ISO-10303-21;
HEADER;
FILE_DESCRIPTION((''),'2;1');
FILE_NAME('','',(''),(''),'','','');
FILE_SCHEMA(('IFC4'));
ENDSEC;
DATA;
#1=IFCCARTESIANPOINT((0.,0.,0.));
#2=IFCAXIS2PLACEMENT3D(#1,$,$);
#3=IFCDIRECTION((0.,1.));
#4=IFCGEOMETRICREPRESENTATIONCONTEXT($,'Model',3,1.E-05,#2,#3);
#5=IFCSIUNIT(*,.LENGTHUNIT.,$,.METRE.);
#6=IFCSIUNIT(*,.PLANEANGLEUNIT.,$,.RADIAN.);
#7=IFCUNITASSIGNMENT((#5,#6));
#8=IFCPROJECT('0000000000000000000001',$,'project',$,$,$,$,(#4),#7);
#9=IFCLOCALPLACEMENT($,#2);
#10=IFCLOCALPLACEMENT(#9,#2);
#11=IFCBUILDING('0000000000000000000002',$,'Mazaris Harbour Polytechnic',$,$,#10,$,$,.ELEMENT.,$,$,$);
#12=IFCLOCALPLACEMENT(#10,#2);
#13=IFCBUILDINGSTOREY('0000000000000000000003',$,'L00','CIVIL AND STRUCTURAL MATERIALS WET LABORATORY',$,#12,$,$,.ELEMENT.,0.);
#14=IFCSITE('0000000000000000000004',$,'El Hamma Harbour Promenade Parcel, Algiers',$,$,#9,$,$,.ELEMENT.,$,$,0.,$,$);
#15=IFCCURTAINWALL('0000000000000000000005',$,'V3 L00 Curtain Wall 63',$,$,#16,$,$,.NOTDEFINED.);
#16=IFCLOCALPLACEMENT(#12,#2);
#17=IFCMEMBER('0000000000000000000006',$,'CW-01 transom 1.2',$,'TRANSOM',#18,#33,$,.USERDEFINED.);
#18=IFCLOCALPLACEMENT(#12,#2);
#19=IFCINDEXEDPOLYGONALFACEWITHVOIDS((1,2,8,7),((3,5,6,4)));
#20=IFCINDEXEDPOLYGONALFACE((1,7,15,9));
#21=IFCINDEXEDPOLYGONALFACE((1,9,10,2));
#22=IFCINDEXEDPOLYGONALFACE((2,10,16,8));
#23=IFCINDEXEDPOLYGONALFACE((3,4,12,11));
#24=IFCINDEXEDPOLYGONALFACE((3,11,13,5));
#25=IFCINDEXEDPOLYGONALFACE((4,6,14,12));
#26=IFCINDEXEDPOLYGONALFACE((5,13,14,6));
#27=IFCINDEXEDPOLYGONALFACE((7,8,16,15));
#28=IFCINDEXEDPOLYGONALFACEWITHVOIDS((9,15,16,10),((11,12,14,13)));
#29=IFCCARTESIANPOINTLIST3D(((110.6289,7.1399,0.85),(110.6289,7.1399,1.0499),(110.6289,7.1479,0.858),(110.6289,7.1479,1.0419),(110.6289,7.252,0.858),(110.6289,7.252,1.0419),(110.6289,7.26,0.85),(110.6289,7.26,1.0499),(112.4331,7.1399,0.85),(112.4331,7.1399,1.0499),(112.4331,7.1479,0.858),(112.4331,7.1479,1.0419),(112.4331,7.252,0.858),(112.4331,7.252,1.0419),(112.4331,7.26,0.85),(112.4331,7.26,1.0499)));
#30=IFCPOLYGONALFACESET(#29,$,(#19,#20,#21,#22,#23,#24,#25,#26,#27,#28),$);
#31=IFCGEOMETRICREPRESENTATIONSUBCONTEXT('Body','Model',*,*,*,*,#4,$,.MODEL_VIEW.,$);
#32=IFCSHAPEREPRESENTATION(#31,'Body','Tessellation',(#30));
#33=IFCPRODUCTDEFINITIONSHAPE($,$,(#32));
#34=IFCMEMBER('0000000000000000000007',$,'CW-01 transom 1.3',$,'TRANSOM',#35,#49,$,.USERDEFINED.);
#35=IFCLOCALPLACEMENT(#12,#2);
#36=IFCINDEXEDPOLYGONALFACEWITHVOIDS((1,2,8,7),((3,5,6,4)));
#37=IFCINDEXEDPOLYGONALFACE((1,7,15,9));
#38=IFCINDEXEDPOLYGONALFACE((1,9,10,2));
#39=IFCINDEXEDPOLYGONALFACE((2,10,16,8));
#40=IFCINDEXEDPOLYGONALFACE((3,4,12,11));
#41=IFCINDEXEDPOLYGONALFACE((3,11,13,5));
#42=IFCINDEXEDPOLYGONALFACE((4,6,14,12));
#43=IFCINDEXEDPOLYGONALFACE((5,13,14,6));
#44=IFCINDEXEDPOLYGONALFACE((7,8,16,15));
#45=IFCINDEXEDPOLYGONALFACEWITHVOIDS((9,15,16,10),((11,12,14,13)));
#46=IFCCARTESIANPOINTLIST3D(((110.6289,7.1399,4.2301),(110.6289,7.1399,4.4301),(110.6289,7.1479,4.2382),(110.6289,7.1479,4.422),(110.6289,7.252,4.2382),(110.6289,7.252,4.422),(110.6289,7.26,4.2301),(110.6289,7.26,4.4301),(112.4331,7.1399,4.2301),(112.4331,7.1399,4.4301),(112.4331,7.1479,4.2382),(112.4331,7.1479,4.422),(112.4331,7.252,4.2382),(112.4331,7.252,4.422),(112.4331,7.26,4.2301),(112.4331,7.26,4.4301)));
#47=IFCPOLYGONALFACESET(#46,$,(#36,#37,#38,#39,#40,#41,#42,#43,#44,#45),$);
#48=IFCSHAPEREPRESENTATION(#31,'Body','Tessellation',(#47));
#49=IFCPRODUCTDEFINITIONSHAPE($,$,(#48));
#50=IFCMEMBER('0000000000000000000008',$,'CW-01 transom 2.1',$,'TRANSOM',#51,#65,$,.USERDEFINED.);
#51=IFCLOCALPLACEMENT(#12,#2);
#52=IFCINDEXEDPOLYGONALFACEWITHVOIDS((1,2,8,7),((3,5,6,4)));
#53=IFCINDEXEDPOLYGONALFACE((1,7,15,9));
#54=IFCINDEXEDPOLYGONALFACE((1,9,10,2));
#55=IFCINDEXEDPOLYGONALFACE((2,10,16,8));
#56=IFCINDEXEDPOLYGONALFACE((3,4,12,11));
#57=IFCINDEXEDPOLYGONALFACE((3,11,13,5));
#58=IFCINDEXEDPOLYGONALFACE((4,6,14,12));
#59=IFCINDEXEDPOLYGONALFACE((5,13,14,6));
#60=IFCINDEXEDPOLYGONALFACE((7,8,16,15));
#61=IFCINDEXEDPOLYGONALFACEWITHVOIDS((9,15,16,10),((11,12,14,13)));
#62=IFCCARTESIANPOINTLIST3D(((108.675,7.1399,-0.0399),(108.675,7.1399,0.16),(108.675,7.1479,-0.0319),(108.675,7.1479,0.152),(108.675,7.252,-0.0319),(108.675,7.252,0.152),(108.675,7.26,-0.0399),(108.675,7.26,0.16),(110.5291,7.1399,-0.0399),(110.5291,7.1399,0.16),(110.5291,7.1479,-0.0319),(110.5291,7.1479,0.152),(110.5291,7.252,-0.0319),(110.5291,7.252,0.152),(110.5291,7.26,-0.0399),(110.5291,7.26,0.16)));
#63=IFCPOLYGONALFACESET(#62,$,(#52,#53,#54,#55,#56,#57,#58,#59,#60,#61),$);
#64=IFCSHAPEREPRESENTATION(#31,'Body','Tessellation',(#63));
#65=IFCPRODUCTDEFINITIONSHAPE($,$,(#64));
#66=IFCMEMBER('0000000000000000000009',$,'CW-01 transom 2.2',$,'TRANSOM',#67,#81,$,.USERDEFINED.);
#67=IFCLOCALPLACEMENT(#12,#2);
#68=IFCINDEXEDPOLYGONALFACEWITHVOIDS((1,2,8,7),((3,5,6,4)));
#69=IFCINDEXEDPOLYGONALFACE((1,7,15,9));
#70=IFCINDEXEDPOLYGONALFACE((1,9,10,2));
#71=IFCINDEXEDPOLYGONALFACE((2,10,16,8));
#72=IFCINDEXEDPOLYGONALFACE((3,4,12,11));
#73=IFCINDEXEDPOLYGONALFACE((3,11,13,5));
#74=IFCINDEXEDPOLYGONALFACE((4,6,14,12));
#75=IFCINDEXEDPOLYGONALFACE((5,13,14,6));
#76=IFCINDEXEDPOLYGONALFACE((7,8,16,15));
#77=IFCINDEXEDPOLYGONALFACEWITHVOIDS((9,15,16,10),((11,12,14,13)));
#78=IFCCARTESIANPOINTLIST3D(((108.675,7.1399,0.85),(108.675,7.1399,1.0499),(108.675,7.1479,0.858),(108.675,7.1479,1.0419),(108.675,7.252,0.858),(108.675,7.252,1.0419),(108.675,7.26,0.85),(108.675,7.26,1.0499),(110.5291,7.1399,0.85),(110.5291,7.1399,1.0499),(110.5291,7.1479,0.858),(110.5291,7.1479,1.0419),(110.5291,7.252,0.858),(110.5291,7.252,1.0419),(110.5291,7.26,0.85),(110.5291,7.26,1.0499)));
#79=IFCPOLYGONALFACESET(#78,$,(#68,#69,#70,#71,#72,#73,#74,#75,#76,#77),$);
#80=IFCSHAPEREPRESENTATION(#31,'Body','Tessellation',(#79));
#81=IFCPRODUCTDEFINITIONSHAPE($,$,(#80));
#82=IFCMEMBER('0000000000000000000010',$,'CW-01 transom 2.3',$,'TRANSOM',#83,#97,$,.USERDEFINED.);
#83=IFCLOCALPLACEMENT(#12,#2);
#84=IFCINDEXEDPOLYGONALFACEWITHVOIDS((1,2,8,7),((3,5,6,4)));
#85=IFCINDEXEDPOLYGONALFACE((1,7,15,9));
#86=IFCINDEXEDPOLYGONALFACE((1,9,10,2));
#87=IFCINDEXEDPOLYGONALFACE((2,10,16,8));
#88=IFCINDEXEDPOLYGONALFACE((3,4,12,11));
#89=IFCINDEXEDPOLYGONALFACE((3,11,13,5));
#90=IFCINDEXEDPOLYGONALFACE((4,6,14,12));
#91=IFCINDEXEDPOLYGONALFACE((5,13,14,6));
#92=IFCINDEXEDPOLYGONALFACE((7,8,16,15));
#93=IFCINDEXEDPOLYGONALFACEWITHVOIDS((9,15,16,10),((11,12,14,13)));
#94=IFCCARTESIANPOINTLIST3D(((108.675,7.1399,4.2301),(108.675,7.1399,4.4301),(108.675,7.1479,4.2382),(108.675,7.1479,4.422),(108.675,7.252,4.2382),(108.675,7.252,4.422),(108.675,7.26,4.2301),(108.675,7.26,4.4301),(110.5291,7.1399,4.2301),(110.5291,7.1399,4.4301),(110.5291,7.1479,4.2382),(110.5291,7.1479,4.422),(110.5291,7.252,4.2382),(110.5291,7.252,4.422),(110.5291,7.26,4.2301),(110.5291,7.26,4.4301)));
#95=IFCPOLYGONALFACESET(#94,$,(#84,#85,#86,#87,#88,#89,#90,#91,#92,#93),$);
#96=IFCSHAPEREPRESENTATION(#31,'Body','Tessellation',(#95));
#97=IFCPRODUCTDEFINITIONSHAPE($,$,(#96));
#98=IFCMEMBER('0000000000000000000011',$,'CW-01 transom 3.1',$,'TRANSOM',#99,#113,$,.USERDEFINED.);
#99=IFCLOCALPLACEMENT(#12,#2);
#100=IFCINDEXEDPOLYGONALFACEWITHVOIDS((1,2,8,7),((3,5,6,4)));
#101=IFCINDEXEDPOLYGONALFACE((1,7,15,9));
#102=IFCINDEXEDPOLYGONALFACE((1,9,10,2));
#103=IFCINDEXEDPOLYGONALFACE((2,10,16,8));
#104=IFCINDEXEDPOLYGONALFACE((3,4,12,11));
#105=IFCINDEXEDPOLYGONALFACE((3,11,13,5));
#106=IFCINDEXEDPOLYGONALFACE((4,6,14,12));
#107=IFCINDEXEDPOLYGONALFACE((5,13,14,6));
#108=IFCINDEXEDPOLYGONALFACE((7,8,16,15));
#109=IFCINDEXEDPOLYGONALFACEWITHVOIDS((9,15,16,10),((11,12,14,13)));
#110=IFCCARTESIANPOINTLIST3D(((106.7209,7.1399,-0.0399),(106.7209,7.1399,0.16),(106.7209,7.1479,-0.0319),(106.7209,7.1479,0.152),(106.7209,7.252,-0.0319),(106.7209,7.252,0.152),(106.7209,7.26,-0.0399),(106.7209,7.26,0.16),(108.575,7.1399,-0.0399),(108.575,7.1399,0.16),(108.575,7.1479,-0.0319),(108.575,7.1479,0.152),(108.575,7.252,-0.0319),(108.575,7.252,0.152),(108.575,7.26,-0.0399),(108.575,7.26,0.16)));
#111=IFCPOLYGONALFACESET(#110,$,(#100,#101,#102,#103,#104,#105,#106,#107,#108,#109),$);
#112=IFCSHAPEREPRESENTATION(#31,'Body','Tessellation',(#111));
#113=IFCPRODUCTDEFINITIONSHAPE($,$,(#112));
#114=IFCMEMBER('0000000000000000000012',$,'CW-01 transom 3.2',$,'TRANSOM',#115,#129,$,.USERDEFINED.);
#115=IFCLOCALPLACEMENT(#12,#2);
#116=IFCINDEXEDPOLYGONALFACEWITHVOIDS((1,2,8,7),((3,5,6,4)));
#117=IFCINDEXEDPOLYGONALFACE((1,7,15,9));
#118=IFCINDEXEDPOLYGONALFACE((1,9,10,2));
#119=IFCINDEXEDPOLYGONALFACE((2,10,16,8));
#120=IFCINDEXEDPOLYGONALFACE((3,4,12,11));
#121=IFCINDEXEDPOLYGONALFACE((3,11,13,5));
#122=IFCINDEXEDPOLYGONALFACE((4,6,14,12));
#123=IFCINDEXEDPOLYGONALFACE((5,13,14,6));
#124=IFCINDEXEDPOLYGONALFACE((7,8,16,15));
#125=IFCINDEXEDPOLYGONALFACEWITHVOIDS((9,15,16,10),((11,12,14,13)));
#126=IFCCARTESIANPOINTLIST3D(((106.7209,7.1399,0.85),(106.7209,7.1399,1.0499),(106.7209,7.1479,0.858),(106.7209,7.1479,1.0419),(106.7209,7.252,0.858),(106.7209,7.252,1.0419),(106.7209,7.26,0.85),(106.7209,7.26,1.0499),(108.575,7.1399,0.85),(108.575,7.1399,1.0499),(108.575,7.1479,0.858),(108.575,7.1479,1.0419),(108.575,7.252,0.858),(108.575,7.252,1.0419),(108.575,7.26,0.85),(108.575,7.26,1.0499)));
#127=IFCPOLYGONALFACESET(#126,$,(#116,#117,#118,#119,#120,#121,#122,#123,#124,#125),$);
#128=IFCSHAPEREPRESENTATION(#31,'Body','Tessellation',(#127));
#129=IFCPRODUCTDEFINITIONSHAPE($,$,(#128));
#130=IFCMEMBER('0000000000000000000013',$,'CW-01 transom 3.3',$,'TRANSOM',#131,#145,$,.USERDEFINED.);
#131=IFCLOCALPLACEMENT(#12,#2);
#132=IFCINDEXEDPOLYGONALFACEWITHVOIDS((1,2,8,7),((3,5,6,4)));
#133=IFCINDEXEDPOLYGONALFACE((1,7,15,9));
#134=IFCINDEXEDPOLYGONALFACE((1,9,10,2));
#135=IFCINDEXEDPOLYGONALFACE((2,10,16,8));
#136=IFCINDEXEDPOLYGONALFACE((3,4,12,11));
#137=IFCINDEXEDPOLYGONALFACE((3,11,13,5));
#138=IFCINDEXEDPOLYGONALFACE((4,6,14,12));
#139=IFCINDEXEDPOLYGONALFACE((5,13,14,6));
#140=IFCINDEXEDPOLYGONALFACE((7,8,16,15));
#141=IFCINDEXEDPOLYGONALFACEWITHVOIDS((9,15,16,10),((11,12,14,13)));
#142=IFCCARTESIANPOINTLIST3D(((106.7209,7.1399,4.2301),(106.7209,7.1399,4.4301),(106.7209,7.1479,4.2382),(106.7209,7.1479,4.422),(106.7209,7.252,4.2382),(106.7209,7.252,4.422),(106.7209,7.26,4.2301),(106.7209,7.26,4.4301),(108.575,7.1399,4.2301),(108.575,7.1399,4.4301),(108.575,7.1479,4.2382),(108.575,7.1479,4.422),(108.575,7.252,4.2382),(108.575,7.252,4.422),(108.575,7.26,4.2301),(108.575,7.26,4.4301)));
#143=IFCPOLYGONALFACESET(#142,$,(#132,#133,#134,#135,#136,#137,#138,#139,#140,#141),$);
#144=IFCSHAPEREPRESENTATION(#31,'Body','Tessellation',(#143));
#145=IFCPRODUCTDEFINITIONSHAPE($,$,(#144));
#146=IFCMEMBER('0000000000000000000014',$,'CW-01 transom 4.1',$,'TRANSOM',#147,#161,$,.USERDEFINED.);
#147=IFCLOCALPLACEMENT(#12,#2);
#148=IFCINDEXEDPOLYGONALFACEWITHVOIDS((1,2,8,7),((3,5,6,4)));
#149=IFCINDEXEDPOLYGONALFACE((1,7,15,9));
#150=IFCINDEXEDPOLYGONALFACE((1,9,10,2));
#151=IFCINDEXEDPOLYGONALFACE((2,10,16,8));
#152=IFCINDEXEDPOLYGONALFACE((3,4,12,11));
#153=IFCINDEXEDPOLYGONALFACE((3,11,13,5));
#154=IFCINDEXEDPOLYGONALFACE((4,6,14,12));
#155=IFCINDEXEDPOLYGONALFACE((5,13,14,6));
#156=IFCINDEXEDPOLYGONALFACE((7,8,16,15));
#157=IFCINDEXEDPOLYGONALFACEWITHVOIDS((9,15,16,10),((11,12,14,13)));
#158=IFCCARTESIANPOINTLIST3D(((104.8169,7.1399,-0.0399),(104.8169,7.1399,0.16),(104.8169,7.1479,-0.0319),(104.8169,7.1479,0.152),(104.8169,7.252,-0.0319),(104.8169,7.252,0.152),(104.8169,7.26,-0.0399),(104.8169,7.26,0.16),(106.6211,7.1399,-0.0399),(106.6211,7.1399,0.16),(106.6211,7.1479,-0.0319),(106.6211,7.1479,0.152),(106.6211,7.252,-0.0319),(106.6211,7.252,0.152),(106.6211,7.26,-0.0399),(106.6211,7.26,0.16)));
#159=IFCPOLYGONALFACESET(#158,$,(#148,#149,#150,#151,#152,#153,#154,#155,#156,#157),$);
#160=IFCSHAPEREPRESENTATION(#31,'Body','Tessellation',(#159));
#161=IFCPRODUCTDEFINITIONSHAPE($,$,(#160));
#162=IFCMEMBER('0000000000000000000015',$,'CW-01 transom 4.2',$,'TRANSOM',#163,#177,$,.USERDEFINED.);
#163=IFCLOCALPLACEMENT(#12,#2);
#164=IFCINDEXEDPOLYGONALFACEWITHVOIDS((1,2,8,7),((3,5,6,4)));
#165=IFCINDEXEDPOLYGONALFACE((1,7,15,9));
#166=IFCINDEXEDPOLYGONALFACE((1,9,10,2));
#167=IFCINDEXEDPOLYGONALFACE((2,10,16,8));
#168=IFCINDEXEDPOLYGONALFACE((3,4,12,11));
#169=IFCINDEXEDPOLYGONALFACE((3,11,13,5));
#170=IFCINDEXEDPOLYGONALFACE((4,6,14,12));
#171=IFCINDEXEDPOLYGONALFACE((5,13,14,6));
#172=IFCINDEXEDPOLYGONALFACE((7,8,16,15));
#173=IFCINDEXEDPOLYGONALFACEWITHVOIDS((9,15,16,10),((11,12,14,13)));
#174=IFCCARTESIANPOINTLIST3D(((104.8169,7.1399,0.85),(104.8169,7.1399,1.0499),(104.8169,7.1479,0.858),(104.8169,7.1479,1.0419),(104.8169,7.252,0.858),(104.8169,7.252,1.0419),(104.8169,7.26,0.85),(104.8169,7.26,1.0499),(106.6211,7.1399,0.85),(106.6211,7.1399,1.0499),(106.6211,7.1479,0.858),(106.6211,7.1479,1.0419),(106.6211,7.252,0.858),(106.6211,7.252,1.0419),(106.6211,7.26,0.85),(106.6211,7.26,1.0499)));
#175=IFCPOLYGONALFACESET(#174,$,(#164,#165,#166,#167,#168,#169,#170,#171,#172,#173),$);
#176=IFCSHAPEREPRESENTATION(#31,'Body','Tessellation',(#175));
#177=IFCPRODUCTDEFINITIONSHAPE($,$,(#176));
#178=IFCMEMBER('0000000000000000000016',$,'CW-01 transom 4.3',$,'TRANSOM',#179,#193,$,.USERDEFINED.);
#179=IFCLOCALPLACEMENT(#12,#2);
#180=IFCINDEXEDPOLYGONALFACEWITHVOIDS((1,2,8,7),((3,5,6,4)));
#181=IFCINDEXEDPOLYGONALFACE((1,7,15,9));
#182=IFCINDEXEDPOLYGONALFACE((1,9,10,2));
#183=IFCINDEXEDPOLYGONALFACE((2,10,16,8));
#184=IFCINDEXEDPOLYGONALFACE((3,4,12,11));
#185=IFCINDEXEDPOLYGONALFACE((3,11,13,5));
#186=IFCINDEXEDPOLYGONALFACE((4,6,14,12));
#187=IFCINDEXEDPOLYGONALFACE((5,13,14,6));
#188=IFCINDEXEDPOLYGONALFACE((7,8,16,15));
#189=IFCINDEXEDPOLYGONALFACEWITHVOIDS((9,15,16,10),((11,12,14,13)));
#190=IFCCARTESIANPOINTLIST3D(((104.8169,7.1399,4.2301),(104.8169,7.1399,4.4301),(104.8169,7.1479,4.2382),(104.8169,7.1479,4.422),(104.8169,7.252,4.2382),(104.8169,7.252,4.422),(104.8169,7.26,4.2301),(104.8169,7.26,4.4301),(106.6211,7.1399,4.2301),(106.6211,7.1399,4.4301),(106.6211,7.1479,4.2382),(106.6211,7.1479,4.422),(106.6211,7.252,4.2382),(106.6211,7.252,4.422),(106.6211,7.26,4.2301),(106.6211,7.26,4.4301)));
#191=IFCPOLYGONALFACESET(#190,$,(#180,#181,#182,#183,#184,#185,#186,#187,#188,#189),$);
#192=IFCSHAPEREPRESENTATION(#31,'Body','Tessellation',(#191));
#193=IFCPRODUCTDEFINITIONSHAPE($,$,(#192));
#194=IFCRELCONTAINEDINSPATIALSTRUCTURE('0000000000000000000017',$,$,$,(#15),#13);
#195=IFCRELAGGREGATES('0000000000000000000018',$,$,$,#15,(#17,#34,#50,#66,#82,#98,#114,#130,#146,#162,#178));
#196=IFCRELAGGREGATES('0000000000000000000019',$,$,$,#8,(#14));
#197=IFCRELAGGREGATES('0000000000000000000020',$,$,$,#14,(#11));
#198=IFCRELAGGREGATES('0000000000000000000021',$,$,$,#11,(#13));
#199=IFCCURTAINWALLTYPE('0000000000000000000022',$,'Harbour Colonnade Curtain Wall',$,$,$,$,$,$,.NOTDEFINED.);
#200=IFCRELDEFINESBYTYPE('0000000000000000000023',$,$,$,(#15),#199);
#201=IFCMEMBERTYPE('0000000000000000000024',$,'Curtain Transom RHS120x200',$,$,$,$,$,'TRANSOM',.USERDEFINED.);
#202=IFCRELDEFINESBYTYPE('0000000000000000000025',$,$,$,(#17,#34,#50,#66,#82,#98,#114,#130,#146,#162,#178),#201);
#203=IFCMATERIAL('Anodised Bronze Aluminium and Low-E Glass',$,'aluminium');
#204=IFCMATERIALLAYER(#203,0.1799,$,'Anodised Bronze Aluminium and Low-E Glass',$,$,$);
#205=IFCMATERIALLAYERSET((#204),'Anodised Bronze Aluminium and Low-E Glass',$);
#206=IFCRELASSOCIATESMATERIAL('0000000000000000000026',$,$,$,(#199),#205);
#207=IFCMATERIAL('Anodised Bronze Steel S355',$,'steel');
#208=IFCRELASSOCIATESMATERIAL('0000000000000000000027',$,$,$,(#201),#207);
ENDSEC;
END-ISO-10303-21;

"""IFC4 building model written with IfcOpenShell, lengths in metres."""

from ifc_helpers import new_model, si_unit, direction, frame, origin, origin_2d, place, context, subcontext, project, spatial, hollow_rectangle, extrude, material, layer, layer_set, material_profile, profile_set, type_object, element, aggregate, save


model = new_model("IFC4")

# Units and contexts
model_context = context("Model", 3, precision=1e-05, world=origin(), true_north=direction((0.0, 1.0)))
body_context = subcontext(model_context, "Body", "Model", "MODEL_VIEW")
ifc_project = project(units=[si_unit("LENGTHUNIT", "METRE"), si_unit("PLANEANGLEUNIT", "RADIAN")], contexts=[model_context])

# Site, building, storey
site_placement = place(None, origin())
site = spatial("IfcSite", under=ifc_project, at=site_placement, Name="El Hamma Harbour Promenade Parcel, Algiers", CompositionType="ELEMENT", RefElevation=0.0)
building_placement = place(site_placement, origin())
building = spatial("IfcBuilding", under=site, at=building_placement, Name="Mazaris Harbour Polytechnic", CompositionType="ELEMENT")
storey_placement = place(building_placement, origin())
storey = spatial("IfcBuildingStorey", under=building, at=storey_placement, Name="L00", Description="CIVIL AND STRUCTURAL MATERIALS WET LABORATORY", CompositionType="ELEMENT", Elevation=0.0)

# Curtain wall, members
ifc_material_1 = material(Name="Anodised Bronze Aluminium and Low-E Glass", Category="aluminium")
ifc_layer_1 = layer(ifc_material_1, 0.1799, Name="Anodised Bronze Aluminium and Low-E Glass")
ifc_layer_set_1 = layer_set([ifc_layer_1], Name="Anodised Bronze Aluminium and Low-E Glass")
curtain_wall_type = type_object("IfcCurtainWallType", Name="Harbour Colonnade Curtain Wall", PredefinedType="NOTDEFINED", material=ifc_layer_set_1)
curtain_wall_placement = place(storey_placement, origin())
curtain_wall = element("IfcCurtainWall", 1, at=curtain_wall_placement, inside=storey, type_object=curtain_wall_type, Name="V3 L00 Curtain Wall 63", PredefinedType="NOTDEFINED")
ifc_material_2 = material(Name="Anodised Bronze Steel S355", Category="steel")
ifc_material_profile_1 = material_profile(ifc_material_2, hollow_rectangle(XDim=0.1201, YDim=0.2, WallThickness=0.0081, at=origin_2d()), Name="RHS 120x200x8.0")
ifc_profile_set_1 = profile_set([ifc_material_profile_1], Name="Anodised Bronze Steel S355")
member_type_1 = type_object("IfcMemberType", Name="Curtain Transom RHS120x200", ElementType="TRANSOM", PredefinedType="USERDEFINED", material=ifc_profile_set_1)
member_1_placement = place(storey_placement, frame((112.4331, 7.2, 0.95), z_axis=(-1.0, 0.0, 0.0), x_axis=(0.0, -1.0, 0.0)))
member_1 = element("IfcMember", 2, at=member_1_placement, type_object=member_type_1, Name="CW-01 transom 1.2", ObjectType="TRANSOM", PredefinedType="USERDEFINED", context=body_context, shape_type="SweptSolid", body=[
    extrude(hollow_rectangle(XDim=0.1201, YDim=0.2, WallThickness=0.0081, at=origin_2d()), origin(), (0.0, 0.0, 1.0), 1.8042),
])
member_2_placement = place(storey_placement, frame((112.4331, 7.2, 4.3301), z_axis=(-1.0, 0.0, 0.0), x_axis=(0.0, -1.0, 0.0)))
member_2 = element("IfcMember", 3, at=member_2_placement, type_object=member_type_1, Name="CW-01 transom 1.3", ObjectType="TRANSOM", PredefinedType="USERDEFINED", context=body_context, shape_type="SweptSolid", body=[
    extrude(hollow_rectangle(XDim=0.1201, YDim=0.2, WallThickness=0.0081, at=origin_2d()), origin(), (0.0, 0.0, 1.0), 1.8042),
])
member_3_placement = place(storey_placement, frame((110.5291, 7.2, 0.0601), z_axis=(-1.0, 0.0, 0.0), x_axis=(0.0, -1.0, 0.0)))
member_3 = element("IfcMember", 4, at=member_3_placement, type_object=member_type_1, Name="CW-01 transom 2.1", ObjectType="TRANSOM", PredefinedType="USERDEFINED", context=body_context, shape_type="SweptSolid", body=[
    extrude(hollow_rectangle(XDim=0.1201, YDim=0.2, WallThickness=0.0081, at=origin_2d()), origin(), (0.0, 0.0, 1.0), 1.854),
])
member_4_placement = place(storey_placement, frame((110.5291, 7.2, 0.95), z_axis=(-1.0, 0.0, 0.0), x_axis=(0.0, -1.0, 0.0)))
member_4 = element("IfcMember", 5, at=member_4_placement, type_object=member_type_1, Name="CW-01 transom 2.2", ObjectType="TRANSOM", PredefinedType="USERDEFINED", context=body_context, shape_type="SweptSolid", body=[
    extrude(hollow_rectangle(XDim=0.1201, YDim=0.2, WallThickness=0.0081, at=origin_2d()), origin(), (0.0, 0.0, 1.0), 1.854),
])
member_5_placement = place(storey_placement, frame((110.5291, 7.2, 4.3301), z_axis=(-1.0, 0.0, 0.0), x_axis=(0.0, -1.0, 0.0)))
member_5 = element("IfcMember", 6, at=member_5_placement, type_object=member_type_1, Name="CW-01 transom 2.3", ObjectType="TRANSOM", PredefinedType="USERDEFINED", context=body_context, shape_type="SweptSolid", body=[
    extrude(hollow_rectangle(XDim=0.1201, YDim=0.2, WallThickness=0.0081, at=origin_2d()), origin(), (0.0, 0.0, 1.0), 1.854),
])
member_6_placement = place(storey_placement, frame((108.575, 7.2, 0.0601), z_axis=(-1.0, 0.0, 0.0), x_axis=(0.0, -1.0, 0.0)))
member_6 = element("IfcMember", 7, at=member_6_placement, type_object=member_type_1, Name="CW-01 transom 3.1", ObjectType="TRANSOM", PredefinedType="USERDEFINED", context=body_context, shape_type="SweptSolid", body=[
    extrude(hollow_rectangle(XDim=0.1201, YDim=0.2, WallThickness=0.0081, at=origin_2d()), origin(), (0.0, 0.0, 1.0), 1.854),
])
member_7_placement = place(storey_placement, frame((108.575, 7.2, 0.95), z_axis=(-1.0, 0.0, 0.0), x_axis=(0.0, -1.0, 0.0)))
member_7 = element("IfcMember", 8, at=member_7_placement, type_object=member_type_1, Name="CW-01 transom 3.2", ObjectType="TRANSOM", PredefinedType="USERDEFINED", context=body_context, shape_type="SweptSolid", body=[
    extrude(hollow_rectangle(XDim=0.1201, YDim=0.2, WallThickness=0.0081, at=origin_2d()), origin(), (0.0, 0.0, 1.0), 1.854),
])
member_8_placement = place(storey_placement, frame((108.575, 7.2, 4.3301), z_axis=(-1.0, 0.0, 0.0), x_axis=(0.0, -1.0, 0.0)))
member_8 = element("IfcMember", 9, at=member_8_placement, type_object=member_type_1, Name="CW-01 transom 3.3", ObjectType="TRANSOM", PredefinedType="USERDEFINED", context=body_context, shape_type="SweptSolid", body=[
    extrude(hollow_rectangle(XDim=0.1201, YDim=0.2, WallThickness=0.0081, at=origin_2d()), origin(), (0.0, 0.0, 1.0), 1.854),
])
member_9_placement = place(storey_placement, frame((106.6211, 7.2, 0.0601), z_axis=(-1.0, 0.0, 0.0), x_axis=(0.0, -1.0, 0.0)))
member_9 = element("IfcMember", 10, at=member_9_placement, type_object=member_type_1, Name="CW-01 transom 4.1", ObjectType="TRANSOM", PredefinedType="USERDEFINED", context=body_context, shape_type="SweptSolid", body=[
    extrude(hollow_rectangle(XDim=0.1201, YDim=0.2, WallThickness=0.0081, at=origin_2d()), origin(), (0.0, 0.0, 1.0), 1.8042),
])
member_10_placement = place(storey_placement, frame((106.6211, 7.2, 0.95), z_axis=(-1.0, 0.0, 0.0), x_axis=(0.0, -1.0, 0.0)))
member_10 = element("IfcMember", 11, at=member_10_placement, type_object=member_type_1, Name="CW-01 transom 4.2", ObjectType="TRANSOM", PredefinedType="USERDEFINED", context=body_context, shape_type="SweptSolid", body=[
    extrude(hollow_rectangle(XDim=0.1201, YDim=0.2, WallThickness=0.0081, at=origin_2d()), origin(), (0.0, 0.0, 1.0), 1.8042),
])
member_11_placement = place(storey_placement, frame((106.6211, 7.2, 4.3301), z_axis=(-1.0, 0.0, 0.0), x_axis=(0.0, -1.0, 0.0)))
member_11 = element("IfcMember", 12, at=member_11_placement, type_object=member_type_1, Name="CW-01 transom 4.3", ObjectType="TRANSOM", PredefinedType="USERDEFINED", context=body_context, shape_type="SweptSolid", body=[
    extrude(hollow_rectangle(XDim=0.1201, YDim=0.2, WallThickness=0.0081, at=origin_2d()), origin(), (0.0, 0.0, 1.0), 1.8042),
])

aggregate(curtain_wall, [member_1, member_2, member_3, member_4, member_5, member_6, member_7, member_8, member_9, member_10, member_11])

save(model, "model.ifc")
